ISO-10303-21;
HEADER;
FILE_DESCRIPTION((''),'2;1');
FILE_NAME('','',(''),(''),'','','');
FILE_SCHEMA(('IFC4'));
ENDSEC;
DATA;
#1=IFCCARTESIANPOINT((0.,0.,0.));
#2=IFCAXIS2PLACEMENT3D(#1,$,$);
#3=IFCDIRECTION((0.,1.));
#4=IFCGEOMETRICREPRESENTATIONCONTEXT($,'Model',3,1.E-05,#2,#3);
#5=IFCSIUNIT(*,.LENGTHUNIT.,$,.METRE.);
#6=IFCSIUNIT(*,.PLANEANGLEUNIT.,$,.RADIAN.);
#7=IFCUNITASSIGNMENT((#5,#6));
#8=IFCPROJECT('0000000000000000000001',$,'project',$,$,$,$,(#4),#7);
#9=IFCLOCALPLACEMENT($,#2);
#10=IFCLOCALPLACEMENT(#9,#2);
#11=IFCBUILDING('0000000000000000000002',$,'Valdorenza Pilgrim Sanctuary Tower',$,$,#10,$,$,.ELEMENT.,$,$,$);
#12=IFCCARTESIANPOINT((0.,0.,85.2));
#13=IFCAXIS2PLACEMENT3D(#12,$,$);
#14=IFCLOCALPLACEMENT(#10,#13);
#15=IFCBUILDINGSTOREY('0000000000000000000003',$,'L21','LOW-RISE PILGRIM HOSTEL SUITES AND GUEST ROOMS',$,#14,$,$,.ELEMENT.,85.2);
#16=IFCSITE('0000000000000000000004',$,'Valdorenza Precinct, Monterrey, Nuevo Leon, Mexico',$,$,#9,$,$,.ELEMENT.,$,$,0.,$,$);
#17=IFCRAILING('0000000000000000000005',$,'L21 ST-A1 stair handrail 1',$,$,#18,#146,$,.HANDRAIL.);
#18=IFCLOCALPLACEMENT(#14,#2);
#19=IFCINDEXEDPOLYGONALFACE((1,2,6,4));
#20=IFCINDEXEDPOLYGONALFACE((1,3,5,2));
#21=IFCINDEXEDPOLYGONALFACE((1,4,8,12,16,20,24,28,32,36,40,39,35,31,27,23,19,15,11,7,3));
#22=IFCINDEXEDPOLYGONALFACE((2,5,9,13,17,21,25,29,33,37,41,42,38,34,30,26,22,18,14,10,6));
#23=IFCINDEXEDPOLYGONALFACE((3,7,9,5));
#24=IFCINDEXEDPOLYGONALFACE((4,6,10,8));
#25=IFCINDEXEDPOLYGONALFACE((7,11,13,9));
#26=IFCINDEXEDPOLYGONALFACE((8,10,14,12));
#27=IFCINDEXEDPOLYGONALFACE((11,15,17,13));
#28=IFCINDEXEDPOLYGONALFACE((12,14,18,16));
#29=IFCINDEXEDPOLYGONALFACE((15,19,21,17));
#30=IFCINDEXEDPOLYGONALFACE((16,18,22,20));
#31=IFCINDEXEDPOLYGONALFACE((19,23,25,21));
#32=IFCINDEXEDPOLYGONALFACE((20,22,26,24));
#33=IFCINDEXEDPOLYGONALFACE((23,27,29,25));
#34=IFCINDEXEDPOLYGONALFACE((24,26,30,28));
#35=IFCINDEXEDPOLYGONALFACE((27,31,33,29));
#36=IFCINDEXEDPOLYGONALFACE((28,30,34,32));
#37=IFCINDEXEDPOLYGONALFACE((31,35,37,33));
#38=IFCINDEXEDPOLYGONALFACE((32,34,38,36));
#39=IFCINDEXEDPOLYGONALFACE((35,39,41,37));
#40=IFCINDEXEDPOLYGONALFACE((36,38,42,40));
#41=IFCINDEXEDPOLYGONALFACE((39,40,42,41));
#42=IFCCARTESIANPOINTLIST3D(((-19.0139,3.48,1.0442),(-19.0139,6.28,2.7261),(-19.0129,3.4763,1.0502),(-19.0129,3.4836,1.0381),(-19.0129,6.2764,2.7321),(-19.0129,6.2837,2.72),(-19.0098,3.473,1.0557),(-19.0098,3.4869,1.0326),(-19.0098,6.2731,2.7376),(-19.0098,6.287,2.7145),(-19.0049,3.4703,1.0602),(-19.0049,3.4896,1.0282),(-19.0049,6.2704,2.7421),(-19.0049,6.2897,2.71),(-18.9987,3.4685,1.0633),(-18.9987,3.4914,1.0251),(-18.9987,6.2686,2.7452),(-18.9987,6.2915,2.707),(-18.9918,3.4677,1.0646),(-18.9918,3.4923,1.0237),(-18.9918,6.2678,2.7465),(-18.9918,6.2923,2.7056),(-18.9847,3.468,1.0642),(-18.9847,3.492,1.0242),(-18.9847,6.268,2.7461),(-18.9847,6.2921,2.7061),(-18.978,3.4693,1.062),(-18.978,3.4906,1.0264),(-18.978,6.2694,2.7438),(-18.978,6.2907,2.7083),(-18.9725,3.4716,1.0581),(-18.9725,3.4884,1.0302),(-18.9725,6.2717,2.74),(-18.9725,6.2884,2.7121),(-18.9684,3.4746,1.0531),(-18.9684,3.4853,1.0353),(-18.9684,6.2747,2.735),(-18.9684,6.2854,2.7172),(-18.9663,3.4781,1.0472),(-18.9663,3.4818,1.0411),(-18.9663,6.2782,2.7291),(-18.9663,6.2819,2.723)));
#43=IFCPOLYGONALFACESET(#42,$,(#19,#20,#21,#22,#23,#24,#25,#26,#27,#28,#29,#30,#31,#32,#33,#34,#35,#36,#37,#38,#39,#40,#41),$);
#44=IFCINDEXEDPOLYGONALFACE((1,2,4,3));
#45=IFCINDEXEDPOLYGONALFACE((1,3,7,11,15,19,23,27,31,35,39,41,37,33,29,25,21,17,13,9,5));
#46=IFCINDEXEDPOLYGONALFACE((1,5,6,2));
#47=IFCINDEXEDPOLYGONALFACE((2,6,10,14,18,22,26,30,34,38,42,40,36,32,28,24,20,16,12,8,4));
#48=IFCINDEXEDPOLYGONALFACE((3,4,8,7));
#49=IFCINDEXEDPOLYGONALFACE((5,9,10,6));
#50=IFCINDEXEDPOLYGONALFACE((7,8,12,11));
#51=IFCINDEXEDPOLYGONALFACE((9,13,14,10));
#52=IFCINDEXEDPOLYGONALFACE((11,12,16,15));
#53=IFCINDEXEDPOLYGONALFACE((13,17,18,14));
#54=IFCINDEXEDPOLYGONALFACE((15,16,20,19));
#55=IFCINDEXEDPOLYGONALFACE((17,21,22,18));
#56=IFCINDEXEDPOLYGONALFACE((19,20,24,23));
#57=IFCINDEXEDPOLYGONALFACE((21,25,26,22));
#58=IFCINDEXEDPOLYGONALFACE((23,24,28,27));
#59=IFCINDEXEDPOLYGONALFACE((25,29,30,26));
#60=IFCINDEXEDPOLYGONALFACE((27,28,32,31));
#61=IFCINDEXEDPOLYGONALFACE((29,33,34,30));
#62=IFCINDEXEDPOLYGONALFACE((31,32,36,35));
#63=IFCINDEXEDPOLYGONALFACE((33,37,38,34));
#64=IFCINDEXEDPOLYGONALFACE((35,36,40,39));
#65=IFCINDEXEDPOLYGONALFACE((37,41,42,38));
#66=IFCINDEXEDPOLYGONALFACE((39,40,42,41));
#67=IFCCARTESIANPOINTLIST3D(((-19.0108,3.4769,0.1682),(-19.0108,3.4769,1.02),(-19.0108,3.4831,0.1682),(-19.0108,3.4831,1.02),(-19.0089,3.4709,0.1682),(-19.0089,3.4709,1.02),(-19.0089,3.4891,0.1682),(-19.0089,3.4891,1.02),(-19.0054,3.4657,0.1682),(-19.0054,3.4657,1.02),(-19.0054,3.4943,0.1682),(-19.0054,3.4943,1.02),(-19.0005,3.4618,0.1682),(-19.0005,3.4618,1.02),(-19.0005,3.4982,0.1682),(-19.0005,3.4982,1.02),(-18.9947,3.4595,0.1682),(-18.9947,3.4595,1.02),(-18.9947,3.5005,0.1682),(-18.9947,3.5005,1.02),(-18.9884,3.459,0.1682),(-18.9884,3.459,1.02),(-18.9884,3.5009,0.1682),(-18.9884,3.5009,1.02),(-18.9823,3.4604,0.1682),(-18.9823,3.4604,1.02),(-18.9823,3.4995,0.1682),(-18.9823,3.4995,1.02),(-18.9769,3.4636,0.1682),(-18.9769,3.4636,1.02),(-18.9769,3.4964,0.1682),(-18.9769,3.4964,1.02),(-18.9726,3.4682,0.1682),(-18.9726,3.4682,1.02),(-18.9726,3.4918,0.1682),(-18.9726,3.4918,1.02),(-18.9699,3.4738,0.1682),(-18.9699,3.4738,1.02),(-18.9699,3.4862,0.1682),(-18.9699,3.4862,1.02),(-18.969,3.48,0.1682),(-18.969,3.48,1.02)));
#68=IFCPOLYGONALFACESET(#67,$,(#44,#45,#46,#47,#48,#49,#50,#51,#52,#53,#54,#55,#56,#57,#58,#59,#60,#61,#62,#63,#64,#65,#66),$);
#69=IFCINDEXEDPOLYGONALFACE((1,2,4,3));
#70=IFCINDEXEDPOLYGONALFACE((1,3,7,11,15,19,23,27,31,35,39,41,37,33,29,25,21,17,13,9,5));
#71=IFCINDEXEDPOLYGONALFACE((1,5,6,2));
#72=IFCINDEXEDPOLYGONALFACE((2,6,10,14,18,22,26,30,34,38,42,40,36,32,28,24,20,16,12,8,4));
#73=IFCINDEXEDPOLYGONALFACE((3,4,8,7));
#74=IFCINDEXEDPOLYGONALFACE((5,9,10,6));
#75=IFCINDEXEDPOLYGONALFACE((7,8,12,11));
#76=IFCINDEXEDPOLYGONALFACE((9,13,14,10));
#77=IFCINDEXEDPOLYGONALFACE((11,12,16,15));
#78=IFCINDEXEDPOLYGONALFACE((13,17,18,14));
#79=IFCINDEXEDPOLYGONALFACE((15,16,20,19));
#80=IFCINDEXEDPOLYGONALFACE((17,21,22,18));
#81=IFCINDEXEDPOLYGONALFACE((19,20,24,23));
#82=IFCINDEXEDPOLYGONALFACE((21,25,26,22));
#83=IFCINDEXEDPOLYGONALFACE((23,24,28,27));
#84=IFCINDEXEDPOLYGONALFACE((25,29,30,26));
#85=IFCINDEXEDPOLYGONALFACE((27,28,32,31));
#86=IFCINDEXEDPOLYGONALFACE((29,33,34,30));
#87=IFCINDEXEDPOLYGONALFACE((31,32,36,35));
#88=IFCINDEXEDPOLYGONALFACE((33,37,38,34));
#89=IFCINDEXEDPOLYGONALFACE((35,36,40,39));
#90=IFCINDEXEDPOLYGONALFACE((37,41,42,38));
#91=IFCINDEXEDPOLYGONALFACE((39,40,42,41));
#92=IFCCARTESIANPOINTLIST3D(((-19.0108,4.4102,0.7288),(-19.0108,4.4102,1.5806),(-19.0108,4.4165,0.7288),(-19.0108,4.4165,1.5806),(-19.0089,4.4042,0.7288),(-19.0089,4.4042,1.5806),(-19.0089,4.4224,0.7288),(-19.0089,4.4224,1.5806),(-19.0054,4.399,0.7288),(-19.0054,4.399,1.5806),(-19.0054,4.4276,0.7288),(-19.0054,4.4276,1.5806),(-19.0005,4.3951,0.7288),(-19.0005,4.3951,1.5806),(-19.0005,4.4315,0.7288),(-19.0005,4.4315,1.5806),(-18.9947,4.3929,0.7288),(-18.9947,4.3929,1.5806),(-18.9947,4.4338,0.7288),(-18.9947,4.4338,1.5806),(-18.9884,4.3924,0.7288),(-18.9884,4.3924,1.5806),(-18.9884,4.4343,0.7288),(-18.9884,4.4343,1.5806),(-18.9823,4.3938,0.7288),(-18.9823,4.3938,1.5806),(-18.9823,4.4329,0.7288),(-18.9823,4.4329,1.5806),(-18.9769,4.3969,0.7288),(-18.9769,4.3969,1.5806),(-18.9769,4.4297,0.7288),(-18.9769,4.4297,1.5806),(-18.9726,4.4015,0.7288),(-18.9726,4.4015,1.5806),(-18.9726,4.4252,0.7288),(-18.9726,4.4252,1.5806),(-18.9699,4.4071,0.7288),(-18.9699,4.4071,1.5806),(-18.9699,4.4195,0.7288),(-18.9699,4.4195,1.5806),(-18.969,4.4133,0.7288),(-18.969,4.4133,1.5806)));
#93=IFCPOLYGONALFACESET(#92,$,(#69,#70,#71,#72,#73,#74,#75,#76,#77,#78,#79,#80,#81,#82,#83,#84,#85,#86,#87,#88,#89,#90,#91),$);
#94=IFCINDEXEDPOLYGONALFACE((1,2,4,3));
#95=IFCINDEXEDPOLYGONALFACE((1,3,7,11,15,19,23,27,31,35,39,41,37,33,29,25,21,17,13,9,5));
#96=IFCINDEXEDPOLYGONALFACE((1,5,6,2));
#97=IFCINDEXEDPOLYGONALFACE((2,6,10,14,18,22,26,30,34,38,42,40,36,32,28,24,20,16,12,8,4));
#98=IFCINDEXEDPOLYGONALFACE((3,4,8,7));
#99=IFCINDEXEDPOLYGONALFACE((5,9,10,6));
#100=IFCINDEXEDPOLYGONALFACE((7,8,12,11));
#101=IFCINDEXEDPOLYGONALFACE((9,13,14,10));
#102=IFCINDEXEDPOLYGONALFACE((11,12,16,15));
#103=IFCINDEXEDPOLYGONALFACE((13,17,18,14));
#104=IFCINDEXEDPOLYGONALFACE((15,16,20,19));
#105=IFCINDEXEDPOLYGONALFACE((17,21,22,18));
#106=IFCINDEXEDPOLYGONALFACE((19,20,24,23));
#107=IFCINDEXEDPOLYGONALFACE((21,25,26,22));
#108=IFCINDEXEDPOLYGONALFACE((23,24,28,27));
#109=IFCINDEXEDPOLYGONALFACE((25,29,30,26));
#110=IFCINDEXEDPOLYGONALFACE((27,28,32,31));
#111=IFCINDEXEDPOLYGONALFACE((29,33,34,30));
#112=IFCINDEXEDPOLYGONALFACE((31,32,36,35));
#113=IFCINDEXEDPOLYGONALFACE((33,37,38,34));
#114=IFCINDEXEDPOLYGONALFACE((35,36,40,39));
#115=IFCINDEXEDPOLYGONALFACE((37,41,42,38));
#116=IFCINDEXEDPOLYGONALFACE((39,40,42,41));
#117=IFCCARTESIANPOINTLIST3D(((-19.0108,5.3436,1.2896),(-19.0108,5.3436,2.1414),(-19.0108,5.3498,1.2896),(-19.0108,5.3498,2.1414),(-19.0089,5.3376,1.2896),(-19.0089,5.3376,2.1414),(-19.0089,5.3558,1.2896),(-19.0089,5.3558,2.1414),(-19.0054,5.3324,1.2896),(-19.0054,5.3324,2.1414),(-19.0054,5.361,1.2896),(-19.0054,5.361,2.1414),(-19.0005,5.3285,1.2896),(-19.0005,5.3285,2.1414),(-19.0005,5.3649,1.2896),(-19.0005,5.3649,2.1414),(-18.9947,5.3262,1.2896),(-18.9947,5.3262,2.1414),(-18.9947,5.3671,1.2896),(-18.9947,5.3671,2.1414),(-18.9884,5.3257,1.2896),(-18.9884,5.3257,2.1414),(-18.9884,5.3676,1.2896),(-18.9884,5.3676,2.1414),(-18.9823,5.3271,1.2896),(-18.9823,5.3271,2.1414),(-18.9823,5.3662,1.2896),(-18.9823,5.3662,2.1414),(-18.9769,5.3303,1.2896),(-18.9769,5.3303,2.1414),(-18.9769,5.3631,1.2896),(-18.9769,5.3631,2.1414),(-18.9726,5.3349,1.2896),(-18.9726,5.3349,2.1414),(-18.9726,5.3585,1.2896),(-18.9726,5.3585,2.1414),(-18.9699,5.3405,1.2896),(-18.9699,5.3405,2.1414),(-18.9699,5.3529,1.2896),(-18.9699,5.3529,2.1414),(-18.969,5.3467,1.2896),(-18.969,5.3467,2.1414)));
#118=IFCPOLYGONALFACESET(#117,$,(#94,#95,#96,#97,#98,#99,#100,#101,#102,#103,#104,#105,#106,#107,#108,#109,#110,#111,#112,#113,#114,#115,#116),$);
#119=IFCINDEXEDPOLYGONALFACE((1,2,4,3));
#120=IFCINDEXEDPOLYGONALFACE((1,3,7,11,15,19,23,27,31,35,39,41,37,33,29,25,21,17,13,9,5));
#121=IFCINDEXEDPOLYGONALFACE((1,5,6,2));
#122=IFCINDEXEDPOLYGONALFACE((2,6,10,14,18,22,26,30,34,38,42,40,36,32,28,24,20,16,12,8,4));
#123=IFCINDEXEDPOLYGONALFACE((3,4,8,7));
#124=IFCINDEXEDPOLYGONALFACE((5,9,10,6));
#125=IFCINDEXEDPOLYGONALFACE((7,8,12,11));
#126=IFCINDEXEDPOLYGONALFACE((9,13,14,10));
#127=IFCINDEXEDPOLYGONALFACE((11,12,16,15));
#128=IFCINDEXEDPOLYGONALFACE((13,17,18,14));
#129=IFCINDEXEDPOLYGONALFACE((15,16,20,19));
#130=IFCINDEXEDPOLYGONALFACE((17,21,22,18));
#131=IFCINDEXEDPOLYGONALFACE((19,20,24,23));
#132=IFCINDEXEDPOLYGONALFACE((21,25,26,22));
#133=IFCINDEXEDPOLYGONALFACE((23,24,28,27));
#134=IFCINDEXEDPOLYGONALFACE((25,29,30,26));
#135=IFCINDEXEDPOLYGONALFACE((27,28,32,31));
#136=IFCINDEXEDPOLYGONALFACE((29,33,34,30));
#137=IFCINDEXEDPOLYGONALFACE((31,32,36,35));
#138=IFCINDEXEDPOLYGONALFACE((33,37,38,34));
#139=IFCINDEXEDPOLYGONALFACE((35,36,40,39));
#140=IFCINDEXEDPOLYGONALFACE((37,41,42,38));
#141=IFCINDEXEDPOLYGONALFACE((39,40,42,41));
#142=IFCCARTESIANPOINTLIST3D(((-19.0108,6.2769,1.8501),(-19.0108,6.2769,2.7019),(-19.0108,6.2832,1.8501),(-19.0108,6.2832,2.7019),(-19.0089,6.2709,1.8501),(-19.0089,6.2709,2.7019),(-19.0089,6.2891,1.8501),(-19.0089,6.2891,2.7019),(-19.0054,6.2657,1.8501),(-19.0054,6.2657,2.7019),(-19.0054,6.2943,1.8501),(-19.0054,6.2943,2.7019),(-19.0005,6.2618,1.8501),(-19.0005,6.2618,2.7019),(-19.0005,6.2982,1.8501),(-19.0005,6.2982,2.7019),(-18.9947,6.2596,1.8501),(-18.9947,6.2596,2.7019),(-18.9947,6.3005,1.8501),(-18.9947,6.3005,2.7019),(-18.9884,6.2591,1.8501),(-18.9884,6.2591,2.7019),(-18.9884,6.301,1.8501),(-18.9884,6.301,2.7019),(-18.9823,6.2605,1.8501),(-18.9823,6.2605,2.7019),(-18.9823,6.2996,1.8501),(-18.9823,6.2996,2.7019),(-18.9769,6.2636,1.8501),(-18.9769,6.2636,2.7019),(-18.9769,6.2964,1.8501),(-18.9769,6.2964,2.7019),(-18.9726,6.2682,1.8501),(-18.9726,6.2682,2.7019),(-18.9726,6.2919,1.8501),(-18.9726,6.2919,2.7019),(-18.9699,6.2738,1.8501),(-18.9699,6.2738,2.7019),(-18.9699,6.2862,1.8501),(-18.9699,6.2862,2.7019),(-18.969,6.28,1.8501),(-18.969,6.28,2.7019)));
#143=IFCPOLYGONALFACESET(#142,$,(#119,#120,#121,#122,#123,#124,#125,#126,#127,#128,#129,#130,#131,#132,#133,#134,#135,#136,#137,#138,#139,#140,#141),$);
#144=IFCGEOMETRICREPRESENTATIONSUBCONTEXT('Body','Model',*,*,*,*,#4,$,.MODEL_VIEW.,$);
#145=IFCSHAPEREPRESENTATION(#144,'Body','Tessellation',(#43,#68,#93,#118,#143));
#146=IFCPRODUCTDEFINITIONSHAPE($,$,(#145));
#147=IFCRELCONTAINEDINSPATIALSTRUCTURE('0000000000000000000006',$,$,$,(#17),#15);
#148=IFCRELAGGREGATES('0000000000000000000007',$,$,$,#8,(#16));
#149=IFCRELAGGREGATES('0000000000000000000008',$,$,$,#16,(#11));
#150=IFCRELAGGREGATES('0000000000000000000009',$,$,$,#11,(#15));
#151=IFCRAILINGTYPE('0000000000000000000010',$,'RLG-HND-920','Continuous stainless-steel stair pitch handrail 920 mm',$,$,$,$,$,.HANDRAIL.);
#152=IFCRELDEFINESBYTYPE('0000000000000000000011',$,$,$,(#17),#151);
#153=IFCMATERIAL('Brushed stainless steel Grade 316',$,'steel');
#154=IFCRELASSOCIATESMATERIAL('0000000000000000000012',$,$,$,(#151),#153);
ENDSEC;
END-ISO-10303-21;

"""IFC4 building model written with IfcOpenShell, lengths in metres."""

from ifc_helpers import new_model, si_unit, direction, frame, origin, origin_2d, place, context, subcontext, project, spatial, circle, extrude, material, type_object, element, save


model = new_model("IFC4")

# Units and contexts
model_context = context("Model", 3, precision=1e-05, world=origin(), true_north=direction((0.0, 1.0)))
body_context = subcontext(model_context, "Body", "Model", "MODEL_VIEW")
ifc_project = project(units=[si_unit("LENGTHUNIT", "METRE"), si_unit("PLANEANGLEUNIT", "RADIAN")], contexts=[model_context])

# Site, building, storey
site_placement = place(None, origin())
site = spatial("IfcSite", under=ifc_project, at=site_placement, Name="Valdorenza Precinct, Monterrey, Nuevo Leon, Mexico", CompositionType="ELEMENT", RefElevation=0.0)
building_placement = place(site_placement, origin())
building = spatial("IfcBuilding", under=site, at=building_placement, Name="Valdorenza Pilgrim Sanctuary Tower", CompositionType="ELEMENT")
storey_placement = place(building_placement, frame((0.0, 0.0, 85.2)))
storey = spatial("IfcBuildingStorey", under=building, at=storey_placement, Name="L21", Description="LOW-RISE PILGRIM HOSTEL SUITES AND GUEST ROOMS", CompositionType="ELEMENT", Elevation=85.2)

# Shared definitions
ifc_material_1 = material(Name="Brushed stainless steel Grade 316", Category="steel")

# Railing
railing_type_1 = type_object("IfcRailingType", Name="RLG-HND-920", Description="Continuous stainless-steel stair pitch handrail 920 mm", PredefinedType="HANDRAIL", material=ifc_material_1)
railing_1_placement = place(storey_placement, frame((-18.99, 3.48, 0.1682)))
element("IfcRailing", 1, at=railing_1_placement, inside=storey, type_object=railing_type_1, Name="L21 ST-A1 stair handrail 1", PredefinedType="HANDRAIL", context=body_context, shape_type="SweptSolid", body=[
    extrude(circle(Radius=0.0239, at=origin_2d()), frame((0.0, 0.0, 0.876), z_axis=(0.0, 0.857242, 0.514913), x_axis=(-1.0, 0.0, 0.0)), (0.0, 0.0, 1.0), 3.2664),
    extrude(circle(Radius=0.021, at=origin_2d()), origin(), (0.0, 0.0, 1.0), 0.8518),
    extrude(circle(Radius=0.021, at=origin_2d()), frame((0.0, 0.9333, 0.5605)), (0.0, 0.0, 1.0), 0.8518),
    extrude(circle(Radius=0.021, at=origin_2d()), frame((0.0, 1.8667, 1.1213)), (0.0, 0.0, 1.0), 0.8518),
    extrude(circle(Radius=0.021, at=origin_2d()), frame((0.0, 2.8, 1.6819)), (0.0, 0.0, 1.0), 0.8518),
])

save(model, "model.ifc")
